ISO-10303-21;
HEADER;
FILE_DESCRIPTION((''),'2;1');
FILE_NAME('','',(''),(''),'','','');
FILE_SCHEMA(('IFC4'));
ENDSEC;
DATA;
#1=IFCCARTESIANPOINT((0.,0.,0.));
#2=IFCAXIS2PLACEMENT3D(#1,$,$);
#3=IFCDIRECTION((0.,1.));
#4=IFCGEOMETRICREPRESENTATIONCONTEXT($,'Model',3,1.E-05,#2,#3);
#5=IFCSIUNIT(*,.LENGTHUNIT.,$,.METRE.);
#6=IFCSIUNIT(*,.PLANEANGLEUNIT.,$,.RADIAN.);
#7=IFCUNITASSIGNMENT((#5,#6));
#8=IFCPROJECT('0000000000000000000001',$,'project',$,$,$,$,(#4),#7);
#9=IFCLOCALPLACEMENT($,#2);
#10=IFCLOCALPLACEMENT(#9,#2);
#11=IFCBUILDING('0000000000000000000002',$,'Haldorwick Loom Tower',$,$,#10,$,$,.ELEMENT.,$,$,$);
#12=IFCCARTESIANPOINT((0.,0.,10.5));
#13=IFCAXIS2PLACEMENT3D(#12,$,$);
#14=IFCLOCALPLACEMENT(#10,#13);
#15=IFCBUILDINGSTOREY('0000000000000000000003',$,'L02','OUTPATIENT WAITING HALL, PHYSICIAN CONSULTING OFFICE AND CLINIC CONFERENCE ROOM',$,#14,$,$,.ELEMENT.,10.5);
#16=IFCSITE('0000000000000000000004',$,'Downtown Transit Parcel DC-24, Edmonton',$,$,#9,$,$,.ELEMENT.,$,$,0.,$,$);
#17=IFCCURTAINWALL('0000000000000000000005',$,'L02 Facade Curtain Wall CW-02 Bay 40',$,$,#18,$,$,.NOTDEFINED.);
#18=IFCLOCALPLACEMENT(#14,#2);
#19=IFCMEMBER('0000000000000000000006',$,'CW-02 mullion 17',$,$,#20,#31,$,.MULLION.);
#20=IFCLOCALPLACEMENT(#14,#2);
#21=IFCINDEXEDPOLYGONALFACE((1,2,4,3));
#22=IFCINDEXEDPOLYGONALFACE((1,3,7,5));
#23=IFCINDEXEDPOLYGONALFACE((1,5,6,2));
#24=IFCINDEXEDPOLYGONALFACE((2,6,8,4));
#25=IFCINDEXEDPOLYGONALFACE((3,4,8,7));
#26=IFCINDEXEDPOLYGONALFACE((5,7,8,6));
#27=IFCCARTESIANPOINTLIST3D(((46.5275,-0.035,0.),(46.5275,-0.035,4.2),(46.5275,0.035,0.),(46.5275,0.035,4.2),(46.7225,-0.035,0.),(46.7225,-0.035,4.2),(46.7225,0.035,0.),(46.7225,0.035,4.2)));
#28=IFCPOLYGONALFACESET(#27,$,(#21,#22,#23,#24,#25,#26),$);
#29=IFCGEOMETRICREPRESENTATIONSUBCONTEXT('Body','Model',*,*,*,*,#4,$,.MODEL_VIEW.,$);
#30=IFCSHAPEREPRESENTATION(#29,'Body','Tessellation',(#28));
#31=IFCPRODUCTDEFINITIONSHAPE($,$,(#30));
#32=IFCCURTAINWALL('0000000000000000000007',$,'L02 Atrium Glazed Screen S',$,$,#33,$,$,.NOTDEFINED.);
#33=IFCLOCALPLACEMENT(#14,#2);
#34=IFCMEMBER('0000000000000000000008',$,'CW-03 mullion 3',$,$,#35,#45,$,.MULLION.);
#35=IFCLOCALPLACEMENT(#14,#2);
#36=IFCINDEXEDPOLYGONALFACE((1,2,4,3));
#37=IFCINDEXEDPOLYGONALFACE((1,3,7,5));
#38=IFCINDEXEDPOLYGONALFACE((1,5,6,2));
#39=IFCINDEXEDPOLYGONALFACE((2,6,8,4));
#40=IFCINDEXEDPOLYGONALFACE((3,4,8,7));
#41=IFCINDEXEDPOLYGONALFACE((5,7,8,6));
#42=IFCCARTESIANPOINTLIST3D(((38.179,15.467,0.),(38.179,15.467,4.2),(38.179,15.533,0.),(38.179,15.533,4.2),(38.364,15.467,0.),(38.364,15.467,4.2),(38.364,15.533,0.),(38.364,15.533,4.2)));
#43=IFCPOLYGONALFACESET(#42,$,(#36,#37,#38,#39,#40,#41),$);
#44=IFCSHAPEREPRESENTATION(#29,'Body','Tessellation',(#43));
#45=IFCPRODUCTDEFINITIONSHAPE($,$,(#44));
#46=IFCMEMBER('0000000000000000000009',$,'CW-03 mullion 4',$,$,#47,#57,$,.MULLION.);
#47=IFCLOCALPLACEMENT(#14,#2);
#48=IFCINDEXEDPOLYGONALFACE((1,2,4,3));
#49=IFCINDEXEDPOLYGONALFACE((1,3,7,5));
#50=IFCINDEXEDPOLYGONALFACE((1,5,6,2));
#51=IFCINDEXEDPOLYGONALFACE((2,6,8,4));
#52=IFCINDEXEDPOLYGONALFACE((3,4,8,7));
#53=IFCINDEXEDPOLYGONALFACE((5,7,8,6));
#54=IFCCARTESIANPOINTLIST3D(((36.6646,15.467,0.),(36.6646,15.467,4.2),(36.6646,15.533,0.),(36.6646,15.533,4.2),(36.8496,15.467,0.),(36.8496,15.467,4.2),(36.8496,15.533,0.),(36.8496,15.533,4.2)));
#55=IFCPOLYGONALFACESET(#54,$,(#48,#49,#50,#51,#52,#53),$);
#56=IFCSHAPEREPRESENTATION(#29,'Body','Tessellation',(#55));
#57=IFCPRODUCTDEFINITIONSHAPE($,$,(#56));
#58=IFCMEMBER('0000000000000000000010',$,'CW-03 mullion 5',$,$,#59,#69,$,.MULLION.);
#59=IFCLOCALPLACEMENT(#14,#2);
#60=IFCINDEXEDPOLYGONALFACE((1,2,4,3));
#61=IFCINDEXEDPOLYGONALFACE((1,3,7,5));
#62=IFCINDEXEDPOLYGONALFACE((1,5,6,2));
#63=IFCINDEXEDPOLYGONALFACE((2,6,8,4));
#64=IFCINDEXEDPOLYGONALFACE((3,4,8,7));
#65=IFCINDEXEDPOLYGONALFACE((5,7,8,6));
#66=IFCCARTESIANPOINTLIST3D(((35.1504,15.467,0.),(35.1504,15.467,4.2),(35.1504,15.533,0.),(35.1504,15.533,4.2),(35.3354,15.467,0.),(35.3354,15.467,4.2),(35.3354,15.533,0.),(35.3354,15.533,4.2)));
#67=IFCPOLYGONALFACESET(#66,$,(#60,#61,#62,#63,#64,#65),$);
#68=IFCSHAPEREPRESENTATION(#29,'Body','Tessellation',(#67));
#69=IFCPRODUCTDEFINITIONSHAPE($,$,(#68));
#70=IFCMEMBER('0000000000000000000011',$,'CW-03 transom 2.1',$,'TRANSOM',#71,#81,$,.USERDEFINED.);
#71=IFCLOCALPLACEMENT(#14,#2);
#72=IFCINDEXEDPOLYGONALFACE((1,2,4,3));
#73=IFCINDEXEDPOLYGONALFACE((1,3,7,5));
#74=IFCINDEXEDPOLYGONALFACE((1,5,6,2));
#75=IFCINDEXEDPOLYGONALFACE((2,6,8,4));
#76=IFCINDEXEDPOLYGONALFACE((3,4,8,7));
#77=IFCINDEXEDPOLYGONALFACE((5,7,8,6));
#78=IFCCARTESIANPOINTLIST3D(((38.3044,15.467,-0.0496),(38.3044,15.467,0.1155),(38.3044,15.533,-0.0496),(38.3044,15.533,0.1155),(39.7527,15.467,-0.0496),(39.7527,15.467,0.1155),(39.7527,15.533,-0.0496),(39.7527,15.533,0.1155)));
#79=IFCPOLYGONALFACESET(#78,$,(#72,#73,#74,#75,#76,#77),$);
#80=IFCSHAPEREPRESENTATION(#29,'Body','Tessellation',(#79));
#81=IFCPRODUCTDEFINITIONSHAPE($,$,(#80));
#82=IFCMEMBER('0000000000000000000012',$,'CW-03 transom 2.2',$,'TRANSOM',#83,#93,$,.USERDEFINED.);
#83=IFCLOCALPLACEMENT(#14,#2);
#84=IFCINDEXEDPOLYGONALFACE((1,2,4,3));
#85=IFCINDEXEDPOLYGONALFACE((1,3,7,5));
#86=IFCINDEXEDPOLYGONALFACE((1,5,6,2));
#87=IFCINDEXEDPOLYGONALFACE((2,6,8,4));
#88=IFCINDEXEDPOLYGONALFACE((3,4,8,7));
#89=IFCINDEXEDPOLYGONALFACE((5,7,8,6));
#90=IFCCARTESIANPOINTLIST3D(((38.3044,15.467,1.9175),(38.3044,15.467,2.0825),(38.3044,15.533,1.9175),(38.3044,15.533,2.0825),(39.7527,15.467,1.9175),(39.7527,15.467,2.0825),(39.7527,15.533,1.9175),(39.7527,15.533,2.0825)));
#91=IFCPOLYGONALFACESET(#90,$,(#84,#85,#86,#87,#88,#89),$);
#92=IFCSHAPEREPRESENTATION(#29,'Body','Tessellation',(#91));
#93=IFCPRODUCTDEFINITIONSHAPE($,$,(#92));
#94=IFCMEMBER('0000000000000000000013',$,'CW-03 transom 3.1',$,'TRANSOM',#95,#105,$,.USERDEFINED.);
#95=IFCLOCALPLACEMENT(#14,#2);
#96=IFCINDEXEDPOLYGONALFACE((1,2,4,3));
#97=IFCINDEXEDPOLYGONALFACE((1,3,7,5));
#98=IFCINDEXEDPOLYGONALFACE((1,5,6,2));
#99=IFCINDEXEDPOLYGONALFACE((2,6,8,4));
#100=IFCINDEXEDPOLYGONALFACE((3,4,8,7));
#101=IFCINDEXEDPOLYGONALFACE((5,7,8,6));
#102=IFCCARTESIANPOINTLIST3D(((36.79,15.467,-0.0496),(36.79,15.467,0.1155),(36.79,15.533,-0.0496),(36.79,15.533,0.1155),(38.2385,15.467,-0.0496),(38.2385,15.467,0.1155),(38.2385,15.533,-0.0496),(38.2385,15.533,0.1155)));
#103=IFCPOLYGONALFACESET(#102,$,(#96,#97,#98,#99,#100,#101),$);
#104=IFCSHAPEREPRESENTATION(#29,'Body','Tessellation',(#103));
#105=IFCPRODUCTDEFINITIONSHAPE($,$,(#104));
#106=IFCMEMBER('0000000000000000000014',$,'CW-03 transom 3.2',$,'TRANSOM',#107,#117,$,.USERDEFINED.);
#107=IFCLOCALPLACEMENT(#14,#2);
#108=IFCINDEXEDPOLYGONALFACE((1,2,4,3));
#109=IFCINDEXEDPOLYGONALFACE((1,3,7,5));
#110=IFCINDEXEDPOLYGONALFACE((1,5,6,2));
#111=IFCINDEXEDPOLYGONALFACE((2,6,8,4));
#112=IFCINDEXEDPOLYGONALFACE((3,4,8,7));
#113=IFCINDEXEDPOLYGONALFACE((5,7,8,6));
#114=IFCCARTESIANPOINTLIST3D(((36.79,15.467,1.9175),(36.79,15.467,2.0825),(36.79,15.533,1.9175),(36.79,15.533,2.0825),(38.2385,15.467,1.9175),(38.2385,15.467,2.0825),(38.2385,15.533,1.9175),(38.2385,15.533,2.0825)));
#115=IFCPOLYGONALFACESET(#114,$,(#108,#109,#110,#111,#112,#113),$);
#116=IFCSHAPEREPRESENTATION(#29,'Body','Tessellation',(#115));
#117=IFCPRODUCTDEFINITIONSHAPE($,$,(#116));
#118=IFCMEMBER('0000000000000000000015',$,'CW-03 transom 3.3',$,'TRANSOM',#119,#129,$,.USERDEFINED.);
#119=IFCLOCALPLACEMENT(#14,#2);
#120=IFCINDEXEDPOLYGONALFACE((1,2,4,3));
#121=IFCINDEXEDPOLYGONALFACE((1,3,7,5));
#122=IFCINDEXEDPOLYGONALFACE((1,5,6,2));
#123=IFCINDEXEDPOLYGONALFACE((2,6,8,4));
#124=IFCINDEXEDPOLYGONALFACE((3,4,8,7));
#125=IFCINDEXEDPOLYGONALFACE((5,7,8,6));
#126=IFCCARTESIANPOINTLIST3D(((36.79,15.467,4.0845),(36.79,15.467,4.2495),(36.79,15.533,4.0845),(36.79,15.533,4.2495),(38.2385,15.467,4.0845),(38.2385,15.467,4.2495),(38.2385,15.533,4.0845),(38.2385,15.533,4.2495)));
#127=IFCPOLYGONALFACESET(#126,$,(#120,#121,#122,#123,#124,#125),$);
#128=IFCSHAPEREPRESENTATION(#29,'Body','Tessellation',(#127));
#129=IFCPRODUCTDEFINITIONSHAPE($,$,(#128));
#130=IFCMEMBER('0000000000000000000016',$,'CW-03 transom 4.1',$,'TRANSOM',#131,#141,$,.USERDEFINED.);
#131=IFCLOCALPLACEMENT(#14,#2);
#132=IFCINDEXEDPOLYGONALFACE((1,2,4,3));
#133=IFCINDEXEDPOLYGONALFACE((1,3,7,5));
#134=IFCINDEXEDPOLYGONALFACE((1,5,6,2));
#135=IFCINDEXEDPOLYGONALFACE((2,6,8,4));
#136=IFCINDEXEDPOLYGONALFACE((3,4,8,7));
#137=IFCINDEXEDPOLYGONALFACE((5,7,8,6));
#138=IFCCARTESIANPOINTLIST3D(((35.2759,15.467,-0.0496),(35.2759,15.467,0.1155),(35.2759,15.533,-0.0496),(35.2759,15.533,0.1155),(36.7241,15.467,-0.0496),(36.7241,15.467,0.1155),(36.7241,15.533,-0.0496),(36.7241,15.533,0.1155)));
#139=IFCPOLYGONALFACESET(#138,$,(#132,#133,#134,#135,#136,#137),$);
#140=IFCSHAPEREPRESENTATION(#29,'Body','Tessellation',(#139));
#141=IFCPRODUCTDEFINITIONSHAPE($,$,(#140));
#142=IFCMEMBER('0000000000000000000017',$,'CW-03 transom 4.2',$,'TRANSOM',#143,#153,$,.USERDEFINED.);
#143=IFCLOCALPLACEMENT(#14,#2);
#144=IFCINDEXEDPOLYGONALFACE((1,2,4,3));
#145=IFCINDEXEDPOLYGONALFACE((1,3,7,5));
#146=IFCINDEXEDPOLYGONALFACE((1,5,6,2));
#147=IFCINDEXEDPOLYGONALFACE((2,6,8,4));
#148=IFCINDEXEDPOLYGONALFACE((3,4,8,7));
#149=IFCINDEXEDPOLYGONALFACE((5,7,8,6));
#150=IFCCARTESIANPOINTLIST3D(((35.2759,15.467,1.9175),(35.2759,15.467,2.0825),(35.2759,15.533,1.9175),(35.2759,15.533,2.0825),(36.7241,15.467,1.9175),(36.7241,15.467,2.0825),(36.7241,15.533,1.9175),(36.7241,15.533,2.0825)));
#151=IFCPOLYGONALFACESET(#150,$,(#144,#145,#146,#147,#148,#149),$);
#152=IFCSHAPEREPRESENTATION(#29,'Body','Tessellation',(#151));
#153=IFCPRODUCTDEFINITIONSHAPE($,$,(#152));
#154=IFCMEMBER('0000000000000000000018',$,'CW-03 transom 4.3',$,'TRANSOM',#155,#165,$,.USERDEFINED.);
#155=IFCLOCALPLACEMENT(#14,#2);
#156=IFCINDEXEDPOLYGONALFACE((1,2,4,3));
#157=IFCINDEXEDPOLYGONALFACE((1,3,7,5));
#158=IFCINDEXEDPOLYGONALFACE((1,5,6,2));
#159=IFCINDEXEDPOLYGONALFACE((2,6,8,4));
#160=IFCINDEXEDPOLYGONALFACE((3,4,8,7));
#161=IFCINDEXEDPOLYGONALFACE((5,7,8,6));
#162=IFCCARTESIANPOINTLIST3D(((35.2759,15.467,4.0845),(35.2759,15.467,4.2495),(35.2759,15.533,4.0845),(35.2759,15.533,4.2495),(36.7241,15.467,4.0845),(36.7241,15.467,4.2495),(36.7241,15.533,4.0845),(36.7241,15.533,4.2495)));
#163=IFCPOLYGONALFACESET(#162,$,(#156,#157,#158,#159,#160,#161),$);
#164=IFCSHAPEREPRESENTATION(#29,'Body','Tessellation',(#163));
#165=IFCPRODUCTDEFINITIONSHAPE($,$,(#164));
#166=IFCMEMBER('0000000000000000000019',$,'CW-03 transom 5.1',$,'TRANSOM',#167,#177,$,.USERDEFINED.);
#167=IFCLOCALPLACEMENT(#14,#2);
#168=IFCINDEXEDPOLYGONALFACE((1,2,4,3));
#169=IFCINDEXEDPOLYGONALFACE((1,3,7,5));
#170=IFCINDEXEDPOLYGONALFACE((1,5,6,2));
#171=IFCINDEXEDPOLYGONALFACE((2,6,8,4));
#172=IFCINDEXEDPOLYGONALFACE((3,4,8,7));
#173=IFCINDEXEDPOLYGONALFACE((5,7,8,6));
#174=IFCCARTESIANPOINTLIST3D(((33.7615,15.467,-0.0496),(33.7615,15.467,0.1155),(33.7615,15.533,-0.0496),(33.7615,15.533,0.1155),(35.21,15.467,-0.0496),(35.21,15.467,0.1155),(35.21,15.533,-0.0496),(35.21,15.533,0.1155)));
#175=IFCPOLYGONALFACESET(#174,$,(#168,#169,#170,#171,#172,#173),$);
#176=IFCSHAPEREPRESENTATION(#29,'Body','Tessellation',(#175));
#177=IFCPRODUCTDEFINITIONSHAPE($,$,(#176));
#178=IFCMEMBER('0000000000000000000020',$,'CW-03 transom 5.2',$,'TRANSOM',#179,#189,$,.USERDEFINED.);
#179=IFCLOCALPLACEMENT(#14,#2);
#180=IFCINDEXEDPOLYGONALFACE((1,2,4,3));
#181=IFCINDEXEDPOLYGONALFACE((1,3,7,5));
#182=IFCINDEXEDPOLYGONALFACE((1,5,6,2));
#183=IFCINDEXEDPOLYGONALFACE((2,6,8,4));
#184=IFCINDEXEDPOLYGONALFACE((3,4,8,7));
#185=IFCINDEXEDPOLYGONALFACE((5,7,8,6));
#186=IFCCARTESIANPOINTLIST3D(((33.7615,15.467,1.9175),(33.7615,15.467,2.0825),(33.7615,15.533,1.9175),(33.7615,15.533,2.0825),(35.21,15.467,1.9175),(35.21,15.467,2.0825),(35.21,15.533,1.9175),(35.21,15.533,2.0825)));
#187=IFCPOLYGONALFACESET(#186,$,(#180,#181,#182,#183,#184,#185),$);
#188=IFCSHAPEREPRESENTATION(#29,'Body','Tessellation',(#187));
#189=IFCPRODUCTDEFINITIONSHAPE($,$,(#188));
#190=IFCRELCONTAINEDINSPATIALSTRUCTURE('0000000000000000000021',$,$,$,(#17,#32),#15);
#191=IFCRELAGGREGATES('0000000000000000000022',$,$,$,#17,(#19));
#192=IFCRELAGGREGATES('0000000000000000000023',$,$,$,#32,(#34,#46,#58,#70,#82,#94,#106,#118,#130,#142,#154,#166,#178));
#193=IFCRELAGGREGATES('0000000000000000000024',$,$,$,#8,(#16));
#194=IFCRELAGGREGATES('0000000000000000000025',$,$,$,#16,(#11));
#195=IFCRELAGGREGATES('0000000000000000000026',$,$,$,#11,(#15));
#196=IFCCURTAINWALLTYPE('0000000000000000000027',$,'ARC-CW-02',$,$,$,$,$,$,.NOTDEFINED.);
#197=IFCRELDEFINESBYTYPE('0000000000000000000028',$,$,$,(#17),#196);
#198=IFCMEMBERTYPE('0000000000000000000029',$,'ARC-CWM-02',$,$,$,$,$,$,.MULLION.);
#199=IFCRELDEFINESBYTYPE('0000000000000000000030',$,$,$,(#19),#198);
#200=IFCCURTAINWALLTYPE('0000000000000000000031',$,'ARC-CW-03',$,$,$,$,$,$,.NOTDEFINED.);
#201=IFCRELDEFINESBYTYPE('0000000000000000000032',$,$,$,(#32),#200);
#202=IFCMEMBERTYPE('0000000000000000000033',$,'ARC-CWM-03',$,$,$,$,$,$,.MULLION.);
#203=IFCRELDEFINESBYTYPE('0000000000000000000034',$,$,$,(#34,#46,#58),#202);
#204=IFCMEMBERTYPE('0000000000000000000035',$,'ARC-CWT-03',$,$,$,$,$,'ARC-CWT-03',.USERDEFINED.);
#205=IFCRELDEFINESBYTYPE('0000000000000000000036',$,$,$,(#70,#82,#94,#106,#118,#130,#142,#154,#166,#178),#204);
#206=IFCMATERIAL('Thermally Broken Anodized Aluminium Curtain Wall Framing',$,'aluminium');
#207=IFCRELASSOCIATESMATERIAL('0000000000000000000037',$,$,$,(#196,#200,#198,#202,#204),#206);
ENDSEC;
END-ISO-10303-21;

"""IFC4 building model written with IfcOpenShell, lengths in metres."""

from ifc_helpers import new_model, si_unit, direction, frame, origin, origin_2d, place, context, subcontext, project, spatial, rectangle, extrude, material, material_profile, profile_set, type_object, element, aggregate, save


model = new_model("IFC4")

# Units and contexts
model_context = context("Model", 3, precision=1e-05, world=origin(), true_north=direction((0.0, 1.0)))
body_context = subcontext(model_context, "Body", "Model", "MODEL_VIEW")
ifc_project = project(units=[si_unit("LENGTHUNIT", "METRE"), si_unit("PLANEANGLEUNIT", "RADIAN")], contexts=[model_context])

# Site, building, storey
site_placement = place(None, origin())
site = spatial("IfcSite", under=ifc_project, at=site_placement, Name="Downtown Transit Parcel DC-24, Edmonton", CompositionType="ELEMENT", RefElevation=0.0)
building_placement = place(site_placement, origin())
building = spatial("IfcBuilding", under=site, at=building_placement, Name="Haldorwick Loom Tower", CompositionType="ELEMENT")
storey_placement = place(building_placement, frame((0.0, 0.0, 10.5)))
storey = spatial("IfcBuildingStorey", under=building, at=storey_placement, Name="L02", Description="OUTPATIENT WAITING HALL, PHYSICIAN CONSULTING OFFICE AND CLINIC CONFERENCE ROOM", CompositionType="ELEMENT", Elevation=10.5)

# Curtain wall, member
ifc_material_1 = material(Name="Thermally Broken Anodized Aluminium Curtain Wall Framing", Category="aluminium")
curtain_wall_type_1 = type_object("IfcCurtainWallType", Name="ARC-CW-02", PredefinedType="NOTDEFINED", material=ifc_material_1)
curtain_wall_1_placement = place(storey_placement, origin())
curtain_wall_1 = element("IfcCurtainWall", 1, at=curtain_wall_1_placement, inside=storey, type_object=curtain_wall_type_1, Name="L02 Facade Curtain Wall CW-02 Bay 40", PredefinedType="NOTDEFINED")
ifc_material_profile_1 = material_profile(ifc_material_1, rectangle(XDim=0.0701, YDim=0.1951, at=origin_2d()), Name="ALU_MUL_70X195", Category="aluminium")
ifc_profile_set_1 = profile_set([ifc_material_profile_1], Name="Thermally Broken Anodized Aluminium Curtain Wall Framing")
member_type_1 = type_object("IfcMemberType", Name="ARC-CWM-02", PredefinedType="MULLION", material=ifc_profile_set_1)
member_1_placement = place(storey_placement, frame((46.625, 0.0, 0.0), z_axis=(0.0, 0.0, 1.0), x_axis=(0.0, 1.0, 0.0)))
member_1 = element("IfcMember", 2, at=member_1_placement, type_object=member_type_1, Name="CW-02 mullion 17", PredefinedType="MULLION", context=body_context, shape_type="SweptSolid", body=[
    extrude(rectangle(XDim=0.0701, YDim=0.1951, at=origin_2d()), origin(), (0.0, 0.0, 1.0), 4.2),
])
aggregate(curtain_wall_1, [member_1])

# Curtain wall, members
curtain_wall_type_2 = type_object("IfcCurtainWallType", Name="ARC-CW-03", PredefinedType="NOTDEFINED", material=ifc_material_1)
curtain_wall_2_placement = place(storey_placement, origin())
curtain_wall_2 = element("IfcCurtainWall", 3, at=curtain_wall_2_placement, inside=storey, type_object=curtain_wall_type_2, Name="L02 Atrium Glazed Screen S", PredefinedType="NOTDEFINED")
ifc_material_profile_2 = material_profile(ifc_material_1, rectangle(XDim=0.0659, YDim=0.1851, at=origin_2d()), Name="ALU_MUL_66X185", Category="aluminium")
ifc_profile_set_2 = profile_set([ifc_material_profile_2], Name="Thermally Broken Anodized Aluminium Curtain Wall Framing")
member_type_2 = type_object("IfcMemberType", Name="ARC-CWM-03", PredefinedType="MULLION", material=ifc_profile_set_2)
member_2_placement = place(storey_placement, frame((38.2715, 15.5, 0.0), z_axis=(0.0, 0.0, 1.0), x_axis=(0.0, -1.0, 0.0)))
member_2 = element("IfcMember", 4, at=member_2_placement, type_object=member_type_2, Name="CW-03 mullion 3", PredefinedType="MULLION", context=body_context, shape_type="SweptSolid", body=[
    extrude(rectangle(XDim=0.0659, YDim=0.1851, at=origin_2d()), origin(), (0.0, 0.0, 1.0), 4.2),
])
member_3_placement = place(storey_placement, frame((36.7571, 15.5, 0.0), z_axis=(0.0, 0.0, 1.0), x_axis=(0.0, -1.0, 0.0)))
member_3 = element("IfcMember", 5, at=member_3_placement, type_object=member_type_2, Name="CW-03 mullion 4", PredefinedType="MULLION", context=body_context, shape_type="SweptSolid", body=[
    extrude(rectangle(XDim=0.0659, YDim=0.1851, at=origin_2d()), origin(), (0.0, 0.0, 1.0), 4.2),
])
member_4_placement = place(storey_placement, frame((35.2429, 15.5, 0.0), z_axis=(0.0, 0.0, 1.0), x_axis=(0.0, -1.0, 0.0)))
member_4 = element("IfcMember", 6, at=member_4_placement, type_object=member_type_2, Name="CW-03 mullion 5", PredefinedType="MULLION", context=body_context, shape_type="SweptSolid", body=[
    extrude(rectangle(XDim=0.0659, YDim=0.1851, at=origin_2d()), origin(), (0.0, 0.0, 1.0), 4.2),
])
ifc_material_profile_3 = material_profile(ifc_material_1, rectangle(XDim=0.0659, YDim=0.165, at=origin_2d()), Name="ALU_TRN_66X165", Category="aluminium")
ifc_profile_set_3 = profile_set([ifc_material_profile_3], Name="Thermally Broken Anodized Aluminium Curtain Wall Framing")
member_type_3 = type_object("IfcMemberType", Name="ARC-CWT-03", ElementType="ARC-CWT-03", PredefinedType="USERDEFINED", material=ifc_profile_set_3)
member_5_placement = place(storey_placement, frame((39.7527, 15.5, 0.033), z_axis=(-1.0, 0.0, 0.0), x_axis=(0.0, -1.0, 0.0)))
member_5 = element("IfcMember", 7, at=member_5_placement, type_object=member_type_3, Name="CW-03 transom 2.1", ObjectType="TRANSOM", PredefinedType="USERDEFINED", context=body_context, shape_type="SweptSolid", body=[
    extrude(rectangle(XDim=0.0659, YDim=0.165, at=origin_2d()), origin(), (0.0, 0.0, 1.0), 1.4482),
])
member_6_placement = place(storey_placement, frame((39.7527, 15.5, 2.0), z_axis=(-1.0, 0.0, 0.0), x_axis=(0.0, -1.0, 0.0)))
member_6 = element("IfcMember", 8, at=member_6_placement, type_object=member_type_3, Name="CW-03 transom 2.2", ObjectType="TRANSOM", PredefinedType="USERDEFINED", context=body_context, shape_type="SweptSolid", body=[
    extrude(rectangle(XDim=0.0659, YDim=0.165, at=origin_2d()), origin(), (0.0, 0.0, 1.0), 1.4482),
])
member_7_placement = place(storey_placement, frame((38.2385, 15.5, 0.033), z_axis=(-1.0, 0.0, 0.0), x_axis=(0.0, -1.0, 0.0)))
member_7 = element("IfcMember", 9, at=member_7_placement, type_object=member_type_3, Name="CW-03 transom 3.1", ObjectType="TRANSOM", PredefinedType="USERDEFINED", context=body_context, shape_type="SweptSolid", body=[
    extrude(rectangle(XDim=0.0659, YDim=0.165, at=origin_2d()), origin(), (0.0, 0.0, 1.0), 1.4485),
])
member_8_placement = place(storey_placement, frame((38.2385, 15.5, 2.0), z_axis=(-1.0, 0.0, 0.0), x_axis=(0.0, -1.0, 0.0)))
member_8 = element("IfcMember", 10, at=member_8_placement, type_object=member_type_3, Name="CW-03 transom 3.2", ObjectType="TRANSOM", PredefinedType="USERDEFINED", context=body_context, shape_type="SweptSolid", body=[
    extrude(rectangle(XDim=0.0659, YDim=0.165, at=origin_2d()), origin(), (0.0, 0.0, 1.0), 1.4485),
])
member_9_placement = place(storey_placement, frame((38.2385, 15.5, 4.167), z_axis=(-1.0, 0.0, 0.0), x_axis=(0.0, -1.0, 0.0)))
member_9 = element("IfcMember", 11, at=member_9_placement, type_object=member_type_3, Name="CW-03 transom 3.3", ObjectType="TRANSOM", PredefinedType="USERDEFINED", context=body_context, shape_type="SweptSolid", body=[
    extrude(rectangle(XDim=0.0659, YDim=0.165, at=origin_2d()), origin(), (0.0, 0.0, 1.0), 1.4485),
])
member_10_placement = place(storey_placement, frame((36.7241, 15.5, 0.033), z_axis=(-1.0, 0.0, 0.0), x_axis=(0.0, -1.0, 0.0)))
member_10 = element("IfcMember", 12, at=member_10_placement, type_object=member_type_3, Name="CW-03 transom 4.1", ObjectType="TRANSOM", PredefinedType="USERDEFINED", context=body_context, shape_type="SweptSolid", body=[
    extrude(rectangle(XDim=0.0659, YDim=0.165, at=origin_2d()), origin(), (0.0, 0.0, 1.0), 1.4482),
])
member_11_placement = place(storey_placement, frame((36.7241, 15.5, 2.0), z_axis=(-1.0, 0.0, 0.0), x_axis=(0.0, -1.0, 0.0)))
member_11 = element("IfcMember", 13, at=member_11_placement, type_object=member_type_3, Name="CW-03 transom 4.2", ObjectType="TRANSOM", PredefinedType="USERDEFINED", context=body_context, shape_type="SweptSolid", body=[
    extrude(rectangle(XDim=0.0659, YDim=0.165, at=origin_2d()), origin(), (0.0, 0.0, 1.0), 1.4482),
])
member_12_placement = place(storey_placement, frame((36.7241, 15.5, 4.167), z_axis=(-1.0, 0.0, 0.0), x_axis=(0.0, -1.0, 0.0)))
member_12 = element("IfcMember", 14, at=member_12_placement, type_object=member_type_3, Name="CW-03 transom 4.3", ObjectType="TRANSOM", PredefinedType="USERDEFINED", context=body_context, shape_type="SweptSolid", body=[
    extrude(rectangle(XDim=0.0659, YDim=0.165, at=origin_2d()), origin(), (0.0, 0.0, 1.0), 1.4482),
])
member_13_placement = place(storey_placement, frame((35.21, 15.5, 0.033), z_axis=(-1.0, 0.0, 0.0), x_axis=(0.0, -1.0, 0.0)))
member_13 = element("IfcMember", 15, at=member_13_placement, type_object=member_type_3, Name="CW-03 transom 5.1", ObjectType="TRANSOM", PredefinedType="USERDEFINED", context=body_context, shape_type="SweptSolid", body=[
    extrude(rectangle(XDim=0.0659, YDim=0.165, at=origin_2d()), origin(), (0.0, 0.0, 1.0), 1.4485),
])
member_14_placement = place(storey_placement, frame((35.21, 15.5, 2.0), z_axis=(-1.0, 0.0, 0.0), x_axis=(0.0, -1.0, 0.0)))
member_14 = element("IfcMember", 16, at=member_14_placement, type_object=member_type_3, Name="CW-03 transom 5.2", ObjectType="TRANSOM", PredefinedType="USERDEFINED", context=body_context, shape_type="SweptSolid", body=[
    extrude(rectangle(XDim=0.0659, YDim=0.165, at=origin_2d()), origin(), (0.0, 0.0, 1.0), 1.4485),
])

aggregate(curtain_wall_2, [member_2, member_3, member_4, member_5, member_6, member_7, member_8, member_9, member_10, member_11, member_12, member_13, member_14])

save(model, "model.ifc")
